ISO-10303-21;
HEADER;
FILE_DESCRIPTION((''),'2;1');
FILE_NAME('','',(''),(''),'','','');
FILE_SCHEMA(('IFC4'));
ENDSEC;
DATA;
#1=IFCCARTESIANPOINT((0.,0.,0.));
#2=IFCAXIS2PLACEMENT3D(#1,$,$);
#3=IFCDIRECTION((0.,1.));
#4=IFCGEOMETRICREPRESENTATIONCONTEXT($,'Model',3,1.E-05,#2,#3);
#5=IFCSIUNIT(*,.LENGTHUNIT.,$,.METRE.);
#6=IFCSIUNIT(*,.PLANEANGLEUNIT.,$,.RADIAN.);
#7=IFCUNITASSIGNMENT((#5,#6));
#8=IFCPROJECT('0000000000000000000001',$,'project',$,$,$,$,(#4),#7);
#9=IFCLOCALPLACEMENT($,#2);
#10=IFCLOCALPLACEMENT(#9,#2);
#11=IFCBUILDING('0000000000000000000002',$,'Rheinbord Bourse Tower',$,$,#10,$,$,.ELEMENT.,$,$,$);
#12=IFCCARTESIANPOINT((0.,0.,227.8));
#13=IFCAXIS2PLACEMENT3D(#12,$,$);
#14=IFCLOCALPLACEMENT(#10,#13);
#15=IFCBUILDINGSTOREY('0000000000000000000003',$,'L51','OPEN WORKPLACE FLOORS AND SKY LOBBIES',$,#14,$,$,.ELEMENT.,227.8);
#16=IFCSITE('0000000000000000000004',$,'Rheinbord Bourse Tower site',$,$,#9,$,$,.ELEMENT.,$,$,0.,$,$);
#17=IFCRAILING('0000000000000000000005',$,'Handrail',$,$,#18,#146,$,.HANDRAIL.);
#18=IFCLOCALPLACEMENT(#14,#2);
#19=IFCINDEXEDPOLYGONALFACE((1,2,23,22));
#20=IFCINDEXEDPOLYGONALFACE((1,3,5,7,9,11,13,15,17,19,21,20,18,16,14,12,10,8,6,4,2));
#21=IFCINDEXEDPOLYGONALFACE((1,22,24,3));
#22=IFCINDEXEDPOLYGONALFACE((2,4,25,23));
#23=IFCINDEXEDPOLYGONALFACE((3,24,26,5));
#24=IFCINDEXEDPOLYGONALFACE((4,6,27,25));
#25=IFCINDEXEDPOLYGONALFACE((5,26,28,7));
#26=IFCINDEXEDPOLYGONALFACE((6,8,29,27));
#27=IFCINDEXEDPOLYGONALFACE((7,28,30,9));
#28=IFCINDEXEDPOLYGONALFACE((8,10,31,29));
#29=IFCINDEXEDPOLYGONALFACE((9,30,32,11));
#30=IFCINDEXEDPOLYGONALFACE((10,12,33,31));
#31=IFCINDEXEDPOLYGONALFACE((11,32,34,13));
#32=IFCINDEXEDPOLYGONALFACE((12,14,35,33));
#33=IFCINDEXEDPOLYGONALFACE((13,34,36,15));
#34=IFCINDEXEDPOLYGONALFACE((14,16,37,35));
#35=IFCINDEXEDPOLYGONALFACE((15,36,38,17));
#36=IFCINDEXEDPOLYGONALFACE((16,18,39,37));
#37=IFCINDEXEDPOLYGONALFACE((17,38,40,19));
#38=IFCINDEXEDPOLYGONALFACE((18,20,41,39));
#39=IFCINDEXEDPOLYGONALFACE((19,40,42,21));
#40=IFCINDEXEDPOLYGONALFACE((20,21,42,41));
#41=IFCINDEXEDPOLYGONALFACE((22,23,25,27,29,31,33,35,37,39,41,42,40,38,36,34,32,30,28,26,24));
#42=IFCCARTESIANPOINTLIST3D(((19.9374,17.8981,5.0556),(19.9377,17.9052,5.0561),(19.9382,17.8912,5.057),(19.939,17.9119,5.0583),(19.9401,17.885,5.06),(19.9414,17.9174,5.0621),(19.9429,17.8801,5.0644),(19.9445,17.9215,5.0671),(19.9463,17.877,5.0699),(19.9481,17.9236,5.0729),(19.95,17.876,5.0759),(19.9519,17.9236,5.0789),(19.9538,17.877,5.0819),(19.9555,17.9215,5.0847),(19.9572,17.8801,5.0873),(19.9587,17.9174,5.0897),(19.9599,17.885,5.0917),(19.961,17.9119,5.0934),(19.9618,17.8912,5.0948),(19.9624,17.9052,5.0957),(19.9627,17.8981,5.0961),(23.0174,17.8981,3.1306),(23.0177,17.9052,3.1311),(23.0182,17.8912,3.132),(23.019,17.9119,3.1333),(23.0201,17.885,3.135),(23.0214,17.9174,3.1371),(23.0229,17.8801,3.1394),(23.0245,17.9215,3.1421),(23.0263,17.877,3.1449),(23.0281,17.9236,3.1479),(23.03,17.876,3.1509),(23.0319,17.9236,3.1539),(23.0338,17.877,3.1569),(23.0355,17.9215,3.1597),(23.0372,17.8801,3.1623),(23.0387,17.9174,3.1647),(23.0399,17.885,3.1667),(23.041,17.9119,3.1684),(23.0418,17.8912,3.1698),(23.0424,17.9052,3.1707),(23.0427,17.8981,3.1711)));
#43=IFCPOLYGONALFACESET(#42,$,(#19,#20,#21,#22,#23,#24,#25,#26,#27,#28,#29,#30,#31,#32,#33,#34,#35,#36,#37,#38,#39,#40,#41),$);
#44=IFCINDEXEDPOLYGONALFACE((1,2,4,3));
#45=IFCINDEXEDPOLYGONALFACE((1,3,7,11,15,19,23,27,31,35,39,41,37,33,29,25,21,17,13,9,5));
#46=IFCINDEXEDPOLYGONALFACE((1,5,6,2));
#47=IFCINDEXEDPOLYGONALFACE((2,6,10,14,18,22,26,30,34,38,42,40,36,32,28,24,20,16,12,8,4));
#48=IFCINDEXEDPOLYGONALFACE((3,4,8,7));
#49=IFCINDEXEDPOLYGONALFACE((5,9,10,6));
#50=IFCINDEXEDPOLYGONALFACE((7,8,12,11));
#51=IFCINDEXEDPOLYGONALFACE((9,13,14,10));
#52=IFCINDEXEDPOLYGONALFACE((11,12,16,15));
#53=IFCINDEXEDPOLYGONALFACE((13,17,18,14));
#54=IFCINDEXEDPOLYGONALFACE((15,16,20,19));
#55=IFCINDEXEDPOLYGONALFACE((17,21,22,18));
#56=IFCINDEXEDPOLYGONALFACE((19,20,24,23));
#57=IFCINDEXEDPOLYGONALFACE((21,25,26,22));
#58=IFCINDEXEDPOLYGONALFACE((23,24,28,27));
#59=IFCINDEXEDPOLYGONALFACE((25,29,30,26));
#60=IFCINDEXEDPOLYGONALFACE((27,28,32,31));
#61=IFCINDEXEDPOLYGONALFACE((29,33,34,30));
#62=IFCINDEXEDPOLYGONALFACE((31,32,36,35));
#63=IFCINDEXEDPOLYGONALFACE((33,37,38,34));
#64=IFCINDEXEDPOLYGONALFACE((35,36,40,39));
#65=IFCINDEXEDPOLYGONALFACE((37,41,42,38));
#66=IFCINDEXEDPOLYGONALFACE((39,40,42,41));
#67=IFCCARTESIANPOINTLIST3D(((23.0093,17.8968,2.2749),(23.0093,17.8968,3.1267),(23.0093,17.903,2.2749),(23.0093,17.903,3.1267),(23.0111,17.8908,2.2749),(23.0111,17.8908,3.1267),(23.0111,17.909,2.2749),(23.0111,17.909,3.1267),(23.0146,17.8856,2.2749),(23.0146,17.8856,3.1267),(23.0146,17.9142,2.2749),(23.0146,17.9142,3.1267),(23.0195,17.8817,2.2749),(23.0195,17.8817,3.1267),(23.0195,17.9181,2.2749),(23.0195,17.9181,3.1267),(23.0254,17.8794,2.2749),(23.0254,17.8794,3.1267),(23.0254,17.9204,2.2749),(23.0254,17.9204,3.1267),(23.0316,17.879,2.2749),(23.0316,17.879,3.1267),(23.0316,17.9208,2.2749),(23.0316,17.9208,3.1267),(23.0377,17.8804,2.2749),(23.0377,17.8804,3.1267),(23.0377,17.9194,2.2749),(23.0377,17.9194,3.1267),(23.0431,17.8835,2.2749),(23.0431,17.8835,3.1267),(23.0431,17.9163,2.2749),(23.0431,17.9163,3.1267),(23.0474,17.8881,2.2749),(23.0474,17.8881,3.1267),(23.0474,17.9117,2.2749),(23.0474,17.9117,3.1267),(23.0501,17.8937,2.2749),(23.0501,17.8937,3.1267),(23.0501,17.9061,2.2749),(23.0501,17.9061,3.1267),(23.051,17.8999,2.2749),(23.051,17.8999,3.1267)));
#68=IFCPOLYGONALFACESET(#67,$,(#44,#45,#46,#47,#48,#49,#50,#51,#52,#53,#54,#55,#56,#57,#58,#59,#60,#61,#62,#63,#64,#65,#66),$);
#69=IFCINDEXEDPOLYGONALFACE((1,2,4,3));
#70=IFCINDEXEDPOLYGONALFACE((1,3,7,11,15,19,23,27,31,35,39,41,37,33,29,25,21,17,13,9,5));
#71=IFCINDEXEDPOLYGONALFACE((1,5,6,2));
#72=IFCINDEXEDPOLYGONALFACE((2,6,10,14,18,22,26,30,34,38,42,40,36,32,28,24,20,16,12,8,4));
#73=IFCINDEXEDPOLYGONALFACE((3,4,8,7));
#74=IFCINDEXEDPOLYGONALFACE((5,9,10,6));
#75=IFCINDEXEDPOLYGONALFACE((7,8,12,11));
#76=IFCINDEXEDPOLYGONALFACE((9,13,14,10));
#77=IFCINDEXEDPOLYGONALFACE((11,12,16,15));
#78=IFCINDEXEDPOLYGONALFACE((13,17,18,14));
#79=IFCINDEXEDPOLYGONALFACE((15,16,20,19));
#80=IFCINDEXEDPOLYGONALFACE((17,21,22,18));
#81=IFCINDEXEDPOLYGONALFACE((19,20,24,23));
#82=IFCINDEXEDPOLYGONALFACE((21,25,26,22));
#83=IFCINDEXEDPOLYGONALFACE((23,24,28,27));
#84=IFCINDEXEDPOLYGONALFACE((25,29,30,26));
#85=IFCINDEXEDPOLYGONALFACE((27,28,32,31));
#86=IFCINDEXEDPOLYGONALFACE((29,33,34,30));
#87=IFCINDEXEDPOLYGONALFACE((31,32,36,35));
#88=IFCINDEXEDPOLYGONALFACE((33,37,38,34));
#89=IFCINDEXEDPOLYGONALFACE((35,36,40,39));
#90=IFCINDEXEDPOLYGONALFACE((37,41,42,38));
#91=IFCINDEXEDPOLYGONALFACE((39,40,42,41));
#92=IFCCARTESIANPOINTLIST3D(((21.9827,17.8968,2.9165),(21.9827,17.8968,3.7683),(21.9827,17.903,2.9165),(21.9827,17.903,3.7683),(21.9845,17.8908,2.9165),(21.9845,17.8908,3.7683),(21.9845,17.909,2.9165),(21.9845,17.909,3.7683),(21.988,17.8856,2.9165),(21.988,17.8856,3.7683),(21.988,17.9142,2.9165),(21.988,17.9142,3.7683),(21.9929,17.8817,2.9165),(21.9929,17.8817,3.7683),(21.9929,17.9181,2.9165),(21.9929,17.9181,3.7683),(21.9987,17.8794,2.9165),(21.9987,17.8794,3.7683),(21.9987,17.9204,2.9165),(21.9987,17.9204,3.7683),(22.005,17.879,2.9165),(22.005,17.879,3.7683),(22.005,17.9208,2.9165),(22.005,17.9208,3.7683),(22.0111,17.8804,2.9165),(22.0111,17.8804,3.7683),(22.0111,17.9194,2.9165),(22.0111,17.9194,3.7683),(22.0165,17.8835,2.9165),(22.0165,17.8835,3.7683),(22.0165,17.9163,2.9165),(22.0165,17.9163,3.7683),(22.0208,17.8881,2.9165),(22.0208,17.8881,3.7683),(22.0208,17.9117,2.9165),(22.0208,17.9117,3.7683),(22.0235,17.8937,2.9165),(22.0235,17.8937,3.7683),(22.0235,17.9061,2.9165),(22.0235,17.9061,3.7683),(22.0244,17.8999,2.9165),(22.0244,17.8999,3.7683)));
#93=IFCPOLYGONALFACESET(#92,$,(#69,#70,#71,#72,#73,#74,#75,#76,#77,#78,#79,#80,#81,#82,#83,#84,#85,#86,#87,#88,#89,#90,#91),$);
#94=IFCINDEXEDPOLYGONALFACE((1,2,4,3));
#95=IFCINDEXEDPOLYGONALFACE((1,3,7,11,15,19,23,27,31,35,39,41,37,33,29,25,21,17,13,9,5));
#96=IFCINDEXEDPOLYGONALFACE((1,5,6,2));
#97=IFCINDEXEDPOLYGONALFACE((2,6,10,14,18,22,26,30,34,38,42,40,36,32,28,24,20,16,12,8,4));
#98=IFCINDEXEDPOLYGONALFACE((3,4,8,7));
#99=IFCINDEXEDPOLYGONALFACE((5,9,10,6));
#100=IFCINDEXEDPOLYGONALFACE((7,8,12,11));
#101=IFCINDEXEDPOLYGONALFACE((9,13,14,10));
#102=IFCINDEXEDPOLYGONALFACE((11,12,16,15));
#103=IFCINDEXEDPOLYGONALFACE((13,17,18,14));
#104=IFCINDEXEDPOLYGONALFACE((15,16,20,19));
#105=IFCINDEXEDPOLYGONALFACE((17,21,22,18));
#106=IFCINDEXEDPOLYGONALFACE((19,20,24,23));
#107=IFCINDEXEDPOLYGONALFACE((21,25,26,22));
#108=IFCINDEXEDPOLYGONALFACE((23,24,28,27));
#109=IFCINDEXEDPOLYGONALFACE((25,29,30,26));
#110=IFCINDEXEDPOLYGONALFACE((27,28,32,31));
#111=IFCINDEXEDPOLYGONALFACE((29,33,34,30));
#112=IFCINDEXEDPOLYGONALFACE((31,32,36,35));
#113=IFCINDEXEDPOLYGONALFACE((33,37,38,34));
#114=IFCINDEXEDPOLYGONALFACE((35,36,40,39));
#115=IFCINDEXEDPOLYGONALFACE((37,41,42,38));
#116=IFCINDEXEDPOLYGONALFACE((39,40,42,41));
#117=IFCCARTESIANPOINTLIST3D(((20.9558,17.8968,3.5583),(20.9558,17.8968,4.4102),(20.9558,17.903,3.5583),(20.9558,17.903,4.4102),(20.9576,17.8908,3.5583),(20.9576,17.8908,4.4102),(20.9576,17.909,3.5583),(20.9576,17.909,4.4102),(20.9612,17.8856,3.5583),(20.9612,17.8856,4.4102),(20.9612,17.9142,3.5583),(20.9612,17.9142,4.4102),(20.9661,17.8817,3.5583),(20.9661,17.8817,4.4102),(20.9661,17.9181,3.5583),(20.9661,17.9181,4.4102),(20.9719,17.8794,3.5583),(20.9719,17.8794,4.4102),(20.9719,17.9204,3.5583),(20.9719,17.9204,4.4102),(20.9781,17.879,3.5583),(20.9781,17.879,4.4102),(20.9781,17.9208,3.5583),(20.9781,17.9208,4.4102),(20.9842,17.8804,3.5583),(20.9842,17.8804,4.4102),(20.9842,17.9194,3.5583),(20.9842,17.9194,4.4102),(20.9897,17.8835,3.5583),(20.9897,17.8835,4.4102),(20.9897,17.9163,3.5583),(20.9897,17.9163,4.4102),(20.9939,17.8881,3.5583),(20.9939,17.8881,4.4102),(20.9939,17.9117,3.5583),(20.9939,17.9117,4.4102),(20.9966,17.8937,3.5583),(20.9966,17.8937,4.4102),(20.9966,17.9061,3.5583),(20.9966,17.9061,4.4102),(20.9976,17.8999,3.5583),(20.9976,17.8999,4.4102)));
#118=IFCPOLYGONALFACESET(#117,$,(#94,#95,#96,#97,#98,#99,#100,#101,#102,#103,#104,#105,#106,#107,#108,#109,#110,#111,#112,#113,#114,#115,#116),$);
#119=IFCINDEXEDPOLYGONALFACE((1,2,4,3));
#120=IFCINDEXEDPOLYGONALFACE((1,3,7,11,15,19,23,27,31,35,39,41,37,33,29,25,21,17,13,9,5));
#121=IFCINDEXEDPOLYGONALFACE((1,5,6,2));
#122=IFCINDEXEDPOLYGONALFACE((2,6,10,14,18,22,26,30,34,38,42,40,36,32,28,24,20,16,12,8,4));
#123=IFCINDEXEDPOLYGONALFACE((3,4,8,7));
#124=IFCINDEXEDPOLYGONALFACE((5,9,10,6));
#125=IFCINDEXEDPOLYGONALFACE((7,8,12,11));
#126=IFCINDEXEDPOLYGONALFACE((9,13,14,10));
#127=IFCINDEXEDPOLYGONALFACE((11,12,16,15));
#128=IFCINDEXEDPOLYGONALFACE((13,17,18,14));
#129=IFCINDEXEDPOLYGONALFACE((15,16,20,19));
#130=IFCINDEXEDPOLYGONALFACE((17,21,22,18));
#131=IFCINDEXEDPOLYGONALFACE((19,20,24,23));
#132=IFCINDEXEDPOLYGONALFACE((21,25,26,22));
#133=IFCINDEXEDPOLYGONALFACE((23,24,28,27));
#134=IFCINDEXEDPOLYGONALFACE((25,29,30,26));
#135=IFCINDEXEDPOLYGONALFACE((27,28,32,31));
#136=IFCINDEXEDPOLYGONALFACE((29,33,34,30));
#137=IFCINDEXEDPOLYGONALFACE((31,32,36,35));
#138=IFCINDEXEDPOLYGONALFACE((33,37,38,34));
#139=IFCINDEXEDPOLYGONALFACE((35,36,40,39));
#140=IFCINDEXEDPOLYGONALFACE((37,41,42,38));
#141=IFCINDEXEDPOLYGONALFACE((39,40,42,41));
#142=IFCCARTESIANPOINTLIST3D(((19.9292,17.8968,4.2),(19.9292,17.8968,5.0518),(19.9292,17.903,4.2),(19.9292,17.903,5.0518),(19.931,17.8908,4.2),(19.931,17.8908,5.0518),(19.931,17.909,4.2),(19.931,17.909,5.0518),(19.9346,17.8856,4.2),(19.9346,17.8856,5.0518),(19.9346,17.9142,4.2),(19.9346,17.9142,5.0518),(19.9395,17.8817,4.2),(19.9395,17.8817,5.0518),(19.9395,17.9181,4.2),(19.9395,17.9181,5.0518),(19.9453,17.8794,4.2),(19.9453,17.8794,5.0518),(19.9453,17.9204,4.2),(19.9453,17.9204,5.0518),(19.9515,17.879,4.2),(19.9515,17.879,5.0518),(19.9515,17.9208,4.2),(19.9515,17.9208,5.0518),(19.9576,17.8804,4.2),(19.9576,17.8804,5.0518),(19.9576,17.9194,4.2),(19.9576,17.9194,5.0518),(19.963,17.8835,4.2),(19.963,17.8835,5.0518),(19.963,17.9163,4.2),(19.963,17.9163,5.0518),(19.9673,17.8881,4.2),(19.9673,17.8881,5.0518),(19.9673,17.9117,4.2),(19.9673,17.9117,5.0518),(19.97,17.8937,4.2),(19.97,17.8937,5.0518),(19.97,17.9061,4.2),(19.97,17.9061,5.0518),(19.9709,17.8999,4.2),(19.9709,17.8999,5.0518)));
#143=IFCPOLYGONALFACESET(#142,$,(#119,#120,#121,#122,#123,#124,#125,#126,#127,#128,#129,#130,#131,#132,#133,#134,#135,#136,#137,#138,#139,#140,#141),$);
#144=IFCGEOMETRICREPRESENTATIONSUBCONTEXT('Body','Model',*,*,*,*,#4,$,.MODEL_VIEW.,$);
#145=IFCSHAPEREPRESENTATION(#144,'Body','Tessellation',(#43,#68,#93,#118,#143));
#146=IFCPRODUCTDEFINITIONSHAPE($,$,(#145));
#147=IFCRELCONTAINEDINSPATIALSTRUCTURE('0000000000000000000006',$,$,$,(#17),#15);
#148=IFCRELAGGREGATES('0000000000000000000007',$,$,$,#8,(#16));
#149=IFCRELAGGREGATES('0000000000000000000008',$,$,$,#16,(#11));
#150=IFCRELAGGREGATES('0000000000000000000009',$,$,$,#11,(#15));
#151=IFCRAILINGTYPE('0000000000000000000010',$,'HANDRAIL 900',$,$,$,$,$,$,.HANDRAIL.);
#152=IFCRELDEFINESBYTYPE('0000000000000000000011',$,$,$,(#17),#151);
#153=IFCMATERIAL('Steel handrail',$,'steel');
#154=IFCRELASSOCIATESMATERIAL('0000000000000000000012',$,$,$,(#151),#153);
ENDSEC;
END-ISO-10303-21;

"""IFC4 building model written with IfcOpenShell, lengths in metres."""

from ifc_helpers import new_model, si_unit, direction, frame, origin, origin_2d, place, context, subcontext, project, spatial, circle, extrude, material, type_object, element, save


model = new_model("IFC4")

# Units and contexts
model_context = context("Model", 3, precision=1e-05, world=origin(), true_north=direction((0.0, 1.0)))
body_context = subcontext(model_context, "Body", "Model", "MODEL_VIEW")
ifc_project = project(units=[si_unit("LENGTHUNIT", "METRE"), si_unit("PLANEANGLEUNIT", "RADIAN")], contexts=[model_context])

# Site, building, storey
site_placement = place(None, origin())
site = spatial("IfcSite", under=ifc_project, at=site_placement, Name="Rheinbord Bourse Tower site", CompositionType="ELEMENT", RefElevation=0.0)
building_placement = place(site_placement, origin())
building = spatial("IfcBuilding", under=site, at=building_placement, Name="Rheinbord Bourse Tower", CompositionType="ELEMENT")
storey_placement = place(building_placement, frame((0.0, 0.0, 227.8)))
storey = spatial("IfcBuildingStorey", under=building, at=storey_placement, Name="L51", Description="OPEN WORKPLACE FLOORS AND SKY LOBBIES", CompositionType="ELEMENT", Elevation=227.8)

# Railing
ifc_material_1 = material(Name="Steel handrail", Category="steel")
railing_type = type_object("IfcRailingType", Name="HANDRAIL 900", PredefinedType="HANDRAIL", material=ifc_material_1)
railing_1_placement = place(storey_placement, frame((23.03, 17.8999, 2.2749)))
element("IfcRailing", 1, at=railing_1_placement, inside=storey, type_object=railing_type, Name="Handrail", PredefinedType="HANDRAIL", context=body_context, shape_type="SweptSolid", body=[
    extrude(circle(Radius=0.0239, at=origin_2d()), frame((0.0, 0.0, 0.876), z_axis=(-0.847998, 0.0, 0.529999), x_axis=(0.0, -1.0, 0.0)), (0.0, 0.0, 1.0), 3.6321),
    extrude(circle(Radius=0.021, at=origin_2d()), origin(), (0.0, 0.0, 1.0), 0.8518),
    extrude(circle(Radius=0.021, at=origin_2d()), frame((-1.0266, 0.0, 0.6416)), (0.0, 0.0, 1.0), 0.8518),
    extrude(circle(Radius=0.021, at=origin_2d()), frame((-2.0535, 0.0, 1.2834)), (0.0, 0.0, 1.0), 0.8518),
    extrude(circle(Radius=0.021, at=origin_2d()), frame((-3.0801, 0.0, 1.925)), (0.0, 0.0, 1.0), 0.8518),
])

save(model, "model.ifc")
